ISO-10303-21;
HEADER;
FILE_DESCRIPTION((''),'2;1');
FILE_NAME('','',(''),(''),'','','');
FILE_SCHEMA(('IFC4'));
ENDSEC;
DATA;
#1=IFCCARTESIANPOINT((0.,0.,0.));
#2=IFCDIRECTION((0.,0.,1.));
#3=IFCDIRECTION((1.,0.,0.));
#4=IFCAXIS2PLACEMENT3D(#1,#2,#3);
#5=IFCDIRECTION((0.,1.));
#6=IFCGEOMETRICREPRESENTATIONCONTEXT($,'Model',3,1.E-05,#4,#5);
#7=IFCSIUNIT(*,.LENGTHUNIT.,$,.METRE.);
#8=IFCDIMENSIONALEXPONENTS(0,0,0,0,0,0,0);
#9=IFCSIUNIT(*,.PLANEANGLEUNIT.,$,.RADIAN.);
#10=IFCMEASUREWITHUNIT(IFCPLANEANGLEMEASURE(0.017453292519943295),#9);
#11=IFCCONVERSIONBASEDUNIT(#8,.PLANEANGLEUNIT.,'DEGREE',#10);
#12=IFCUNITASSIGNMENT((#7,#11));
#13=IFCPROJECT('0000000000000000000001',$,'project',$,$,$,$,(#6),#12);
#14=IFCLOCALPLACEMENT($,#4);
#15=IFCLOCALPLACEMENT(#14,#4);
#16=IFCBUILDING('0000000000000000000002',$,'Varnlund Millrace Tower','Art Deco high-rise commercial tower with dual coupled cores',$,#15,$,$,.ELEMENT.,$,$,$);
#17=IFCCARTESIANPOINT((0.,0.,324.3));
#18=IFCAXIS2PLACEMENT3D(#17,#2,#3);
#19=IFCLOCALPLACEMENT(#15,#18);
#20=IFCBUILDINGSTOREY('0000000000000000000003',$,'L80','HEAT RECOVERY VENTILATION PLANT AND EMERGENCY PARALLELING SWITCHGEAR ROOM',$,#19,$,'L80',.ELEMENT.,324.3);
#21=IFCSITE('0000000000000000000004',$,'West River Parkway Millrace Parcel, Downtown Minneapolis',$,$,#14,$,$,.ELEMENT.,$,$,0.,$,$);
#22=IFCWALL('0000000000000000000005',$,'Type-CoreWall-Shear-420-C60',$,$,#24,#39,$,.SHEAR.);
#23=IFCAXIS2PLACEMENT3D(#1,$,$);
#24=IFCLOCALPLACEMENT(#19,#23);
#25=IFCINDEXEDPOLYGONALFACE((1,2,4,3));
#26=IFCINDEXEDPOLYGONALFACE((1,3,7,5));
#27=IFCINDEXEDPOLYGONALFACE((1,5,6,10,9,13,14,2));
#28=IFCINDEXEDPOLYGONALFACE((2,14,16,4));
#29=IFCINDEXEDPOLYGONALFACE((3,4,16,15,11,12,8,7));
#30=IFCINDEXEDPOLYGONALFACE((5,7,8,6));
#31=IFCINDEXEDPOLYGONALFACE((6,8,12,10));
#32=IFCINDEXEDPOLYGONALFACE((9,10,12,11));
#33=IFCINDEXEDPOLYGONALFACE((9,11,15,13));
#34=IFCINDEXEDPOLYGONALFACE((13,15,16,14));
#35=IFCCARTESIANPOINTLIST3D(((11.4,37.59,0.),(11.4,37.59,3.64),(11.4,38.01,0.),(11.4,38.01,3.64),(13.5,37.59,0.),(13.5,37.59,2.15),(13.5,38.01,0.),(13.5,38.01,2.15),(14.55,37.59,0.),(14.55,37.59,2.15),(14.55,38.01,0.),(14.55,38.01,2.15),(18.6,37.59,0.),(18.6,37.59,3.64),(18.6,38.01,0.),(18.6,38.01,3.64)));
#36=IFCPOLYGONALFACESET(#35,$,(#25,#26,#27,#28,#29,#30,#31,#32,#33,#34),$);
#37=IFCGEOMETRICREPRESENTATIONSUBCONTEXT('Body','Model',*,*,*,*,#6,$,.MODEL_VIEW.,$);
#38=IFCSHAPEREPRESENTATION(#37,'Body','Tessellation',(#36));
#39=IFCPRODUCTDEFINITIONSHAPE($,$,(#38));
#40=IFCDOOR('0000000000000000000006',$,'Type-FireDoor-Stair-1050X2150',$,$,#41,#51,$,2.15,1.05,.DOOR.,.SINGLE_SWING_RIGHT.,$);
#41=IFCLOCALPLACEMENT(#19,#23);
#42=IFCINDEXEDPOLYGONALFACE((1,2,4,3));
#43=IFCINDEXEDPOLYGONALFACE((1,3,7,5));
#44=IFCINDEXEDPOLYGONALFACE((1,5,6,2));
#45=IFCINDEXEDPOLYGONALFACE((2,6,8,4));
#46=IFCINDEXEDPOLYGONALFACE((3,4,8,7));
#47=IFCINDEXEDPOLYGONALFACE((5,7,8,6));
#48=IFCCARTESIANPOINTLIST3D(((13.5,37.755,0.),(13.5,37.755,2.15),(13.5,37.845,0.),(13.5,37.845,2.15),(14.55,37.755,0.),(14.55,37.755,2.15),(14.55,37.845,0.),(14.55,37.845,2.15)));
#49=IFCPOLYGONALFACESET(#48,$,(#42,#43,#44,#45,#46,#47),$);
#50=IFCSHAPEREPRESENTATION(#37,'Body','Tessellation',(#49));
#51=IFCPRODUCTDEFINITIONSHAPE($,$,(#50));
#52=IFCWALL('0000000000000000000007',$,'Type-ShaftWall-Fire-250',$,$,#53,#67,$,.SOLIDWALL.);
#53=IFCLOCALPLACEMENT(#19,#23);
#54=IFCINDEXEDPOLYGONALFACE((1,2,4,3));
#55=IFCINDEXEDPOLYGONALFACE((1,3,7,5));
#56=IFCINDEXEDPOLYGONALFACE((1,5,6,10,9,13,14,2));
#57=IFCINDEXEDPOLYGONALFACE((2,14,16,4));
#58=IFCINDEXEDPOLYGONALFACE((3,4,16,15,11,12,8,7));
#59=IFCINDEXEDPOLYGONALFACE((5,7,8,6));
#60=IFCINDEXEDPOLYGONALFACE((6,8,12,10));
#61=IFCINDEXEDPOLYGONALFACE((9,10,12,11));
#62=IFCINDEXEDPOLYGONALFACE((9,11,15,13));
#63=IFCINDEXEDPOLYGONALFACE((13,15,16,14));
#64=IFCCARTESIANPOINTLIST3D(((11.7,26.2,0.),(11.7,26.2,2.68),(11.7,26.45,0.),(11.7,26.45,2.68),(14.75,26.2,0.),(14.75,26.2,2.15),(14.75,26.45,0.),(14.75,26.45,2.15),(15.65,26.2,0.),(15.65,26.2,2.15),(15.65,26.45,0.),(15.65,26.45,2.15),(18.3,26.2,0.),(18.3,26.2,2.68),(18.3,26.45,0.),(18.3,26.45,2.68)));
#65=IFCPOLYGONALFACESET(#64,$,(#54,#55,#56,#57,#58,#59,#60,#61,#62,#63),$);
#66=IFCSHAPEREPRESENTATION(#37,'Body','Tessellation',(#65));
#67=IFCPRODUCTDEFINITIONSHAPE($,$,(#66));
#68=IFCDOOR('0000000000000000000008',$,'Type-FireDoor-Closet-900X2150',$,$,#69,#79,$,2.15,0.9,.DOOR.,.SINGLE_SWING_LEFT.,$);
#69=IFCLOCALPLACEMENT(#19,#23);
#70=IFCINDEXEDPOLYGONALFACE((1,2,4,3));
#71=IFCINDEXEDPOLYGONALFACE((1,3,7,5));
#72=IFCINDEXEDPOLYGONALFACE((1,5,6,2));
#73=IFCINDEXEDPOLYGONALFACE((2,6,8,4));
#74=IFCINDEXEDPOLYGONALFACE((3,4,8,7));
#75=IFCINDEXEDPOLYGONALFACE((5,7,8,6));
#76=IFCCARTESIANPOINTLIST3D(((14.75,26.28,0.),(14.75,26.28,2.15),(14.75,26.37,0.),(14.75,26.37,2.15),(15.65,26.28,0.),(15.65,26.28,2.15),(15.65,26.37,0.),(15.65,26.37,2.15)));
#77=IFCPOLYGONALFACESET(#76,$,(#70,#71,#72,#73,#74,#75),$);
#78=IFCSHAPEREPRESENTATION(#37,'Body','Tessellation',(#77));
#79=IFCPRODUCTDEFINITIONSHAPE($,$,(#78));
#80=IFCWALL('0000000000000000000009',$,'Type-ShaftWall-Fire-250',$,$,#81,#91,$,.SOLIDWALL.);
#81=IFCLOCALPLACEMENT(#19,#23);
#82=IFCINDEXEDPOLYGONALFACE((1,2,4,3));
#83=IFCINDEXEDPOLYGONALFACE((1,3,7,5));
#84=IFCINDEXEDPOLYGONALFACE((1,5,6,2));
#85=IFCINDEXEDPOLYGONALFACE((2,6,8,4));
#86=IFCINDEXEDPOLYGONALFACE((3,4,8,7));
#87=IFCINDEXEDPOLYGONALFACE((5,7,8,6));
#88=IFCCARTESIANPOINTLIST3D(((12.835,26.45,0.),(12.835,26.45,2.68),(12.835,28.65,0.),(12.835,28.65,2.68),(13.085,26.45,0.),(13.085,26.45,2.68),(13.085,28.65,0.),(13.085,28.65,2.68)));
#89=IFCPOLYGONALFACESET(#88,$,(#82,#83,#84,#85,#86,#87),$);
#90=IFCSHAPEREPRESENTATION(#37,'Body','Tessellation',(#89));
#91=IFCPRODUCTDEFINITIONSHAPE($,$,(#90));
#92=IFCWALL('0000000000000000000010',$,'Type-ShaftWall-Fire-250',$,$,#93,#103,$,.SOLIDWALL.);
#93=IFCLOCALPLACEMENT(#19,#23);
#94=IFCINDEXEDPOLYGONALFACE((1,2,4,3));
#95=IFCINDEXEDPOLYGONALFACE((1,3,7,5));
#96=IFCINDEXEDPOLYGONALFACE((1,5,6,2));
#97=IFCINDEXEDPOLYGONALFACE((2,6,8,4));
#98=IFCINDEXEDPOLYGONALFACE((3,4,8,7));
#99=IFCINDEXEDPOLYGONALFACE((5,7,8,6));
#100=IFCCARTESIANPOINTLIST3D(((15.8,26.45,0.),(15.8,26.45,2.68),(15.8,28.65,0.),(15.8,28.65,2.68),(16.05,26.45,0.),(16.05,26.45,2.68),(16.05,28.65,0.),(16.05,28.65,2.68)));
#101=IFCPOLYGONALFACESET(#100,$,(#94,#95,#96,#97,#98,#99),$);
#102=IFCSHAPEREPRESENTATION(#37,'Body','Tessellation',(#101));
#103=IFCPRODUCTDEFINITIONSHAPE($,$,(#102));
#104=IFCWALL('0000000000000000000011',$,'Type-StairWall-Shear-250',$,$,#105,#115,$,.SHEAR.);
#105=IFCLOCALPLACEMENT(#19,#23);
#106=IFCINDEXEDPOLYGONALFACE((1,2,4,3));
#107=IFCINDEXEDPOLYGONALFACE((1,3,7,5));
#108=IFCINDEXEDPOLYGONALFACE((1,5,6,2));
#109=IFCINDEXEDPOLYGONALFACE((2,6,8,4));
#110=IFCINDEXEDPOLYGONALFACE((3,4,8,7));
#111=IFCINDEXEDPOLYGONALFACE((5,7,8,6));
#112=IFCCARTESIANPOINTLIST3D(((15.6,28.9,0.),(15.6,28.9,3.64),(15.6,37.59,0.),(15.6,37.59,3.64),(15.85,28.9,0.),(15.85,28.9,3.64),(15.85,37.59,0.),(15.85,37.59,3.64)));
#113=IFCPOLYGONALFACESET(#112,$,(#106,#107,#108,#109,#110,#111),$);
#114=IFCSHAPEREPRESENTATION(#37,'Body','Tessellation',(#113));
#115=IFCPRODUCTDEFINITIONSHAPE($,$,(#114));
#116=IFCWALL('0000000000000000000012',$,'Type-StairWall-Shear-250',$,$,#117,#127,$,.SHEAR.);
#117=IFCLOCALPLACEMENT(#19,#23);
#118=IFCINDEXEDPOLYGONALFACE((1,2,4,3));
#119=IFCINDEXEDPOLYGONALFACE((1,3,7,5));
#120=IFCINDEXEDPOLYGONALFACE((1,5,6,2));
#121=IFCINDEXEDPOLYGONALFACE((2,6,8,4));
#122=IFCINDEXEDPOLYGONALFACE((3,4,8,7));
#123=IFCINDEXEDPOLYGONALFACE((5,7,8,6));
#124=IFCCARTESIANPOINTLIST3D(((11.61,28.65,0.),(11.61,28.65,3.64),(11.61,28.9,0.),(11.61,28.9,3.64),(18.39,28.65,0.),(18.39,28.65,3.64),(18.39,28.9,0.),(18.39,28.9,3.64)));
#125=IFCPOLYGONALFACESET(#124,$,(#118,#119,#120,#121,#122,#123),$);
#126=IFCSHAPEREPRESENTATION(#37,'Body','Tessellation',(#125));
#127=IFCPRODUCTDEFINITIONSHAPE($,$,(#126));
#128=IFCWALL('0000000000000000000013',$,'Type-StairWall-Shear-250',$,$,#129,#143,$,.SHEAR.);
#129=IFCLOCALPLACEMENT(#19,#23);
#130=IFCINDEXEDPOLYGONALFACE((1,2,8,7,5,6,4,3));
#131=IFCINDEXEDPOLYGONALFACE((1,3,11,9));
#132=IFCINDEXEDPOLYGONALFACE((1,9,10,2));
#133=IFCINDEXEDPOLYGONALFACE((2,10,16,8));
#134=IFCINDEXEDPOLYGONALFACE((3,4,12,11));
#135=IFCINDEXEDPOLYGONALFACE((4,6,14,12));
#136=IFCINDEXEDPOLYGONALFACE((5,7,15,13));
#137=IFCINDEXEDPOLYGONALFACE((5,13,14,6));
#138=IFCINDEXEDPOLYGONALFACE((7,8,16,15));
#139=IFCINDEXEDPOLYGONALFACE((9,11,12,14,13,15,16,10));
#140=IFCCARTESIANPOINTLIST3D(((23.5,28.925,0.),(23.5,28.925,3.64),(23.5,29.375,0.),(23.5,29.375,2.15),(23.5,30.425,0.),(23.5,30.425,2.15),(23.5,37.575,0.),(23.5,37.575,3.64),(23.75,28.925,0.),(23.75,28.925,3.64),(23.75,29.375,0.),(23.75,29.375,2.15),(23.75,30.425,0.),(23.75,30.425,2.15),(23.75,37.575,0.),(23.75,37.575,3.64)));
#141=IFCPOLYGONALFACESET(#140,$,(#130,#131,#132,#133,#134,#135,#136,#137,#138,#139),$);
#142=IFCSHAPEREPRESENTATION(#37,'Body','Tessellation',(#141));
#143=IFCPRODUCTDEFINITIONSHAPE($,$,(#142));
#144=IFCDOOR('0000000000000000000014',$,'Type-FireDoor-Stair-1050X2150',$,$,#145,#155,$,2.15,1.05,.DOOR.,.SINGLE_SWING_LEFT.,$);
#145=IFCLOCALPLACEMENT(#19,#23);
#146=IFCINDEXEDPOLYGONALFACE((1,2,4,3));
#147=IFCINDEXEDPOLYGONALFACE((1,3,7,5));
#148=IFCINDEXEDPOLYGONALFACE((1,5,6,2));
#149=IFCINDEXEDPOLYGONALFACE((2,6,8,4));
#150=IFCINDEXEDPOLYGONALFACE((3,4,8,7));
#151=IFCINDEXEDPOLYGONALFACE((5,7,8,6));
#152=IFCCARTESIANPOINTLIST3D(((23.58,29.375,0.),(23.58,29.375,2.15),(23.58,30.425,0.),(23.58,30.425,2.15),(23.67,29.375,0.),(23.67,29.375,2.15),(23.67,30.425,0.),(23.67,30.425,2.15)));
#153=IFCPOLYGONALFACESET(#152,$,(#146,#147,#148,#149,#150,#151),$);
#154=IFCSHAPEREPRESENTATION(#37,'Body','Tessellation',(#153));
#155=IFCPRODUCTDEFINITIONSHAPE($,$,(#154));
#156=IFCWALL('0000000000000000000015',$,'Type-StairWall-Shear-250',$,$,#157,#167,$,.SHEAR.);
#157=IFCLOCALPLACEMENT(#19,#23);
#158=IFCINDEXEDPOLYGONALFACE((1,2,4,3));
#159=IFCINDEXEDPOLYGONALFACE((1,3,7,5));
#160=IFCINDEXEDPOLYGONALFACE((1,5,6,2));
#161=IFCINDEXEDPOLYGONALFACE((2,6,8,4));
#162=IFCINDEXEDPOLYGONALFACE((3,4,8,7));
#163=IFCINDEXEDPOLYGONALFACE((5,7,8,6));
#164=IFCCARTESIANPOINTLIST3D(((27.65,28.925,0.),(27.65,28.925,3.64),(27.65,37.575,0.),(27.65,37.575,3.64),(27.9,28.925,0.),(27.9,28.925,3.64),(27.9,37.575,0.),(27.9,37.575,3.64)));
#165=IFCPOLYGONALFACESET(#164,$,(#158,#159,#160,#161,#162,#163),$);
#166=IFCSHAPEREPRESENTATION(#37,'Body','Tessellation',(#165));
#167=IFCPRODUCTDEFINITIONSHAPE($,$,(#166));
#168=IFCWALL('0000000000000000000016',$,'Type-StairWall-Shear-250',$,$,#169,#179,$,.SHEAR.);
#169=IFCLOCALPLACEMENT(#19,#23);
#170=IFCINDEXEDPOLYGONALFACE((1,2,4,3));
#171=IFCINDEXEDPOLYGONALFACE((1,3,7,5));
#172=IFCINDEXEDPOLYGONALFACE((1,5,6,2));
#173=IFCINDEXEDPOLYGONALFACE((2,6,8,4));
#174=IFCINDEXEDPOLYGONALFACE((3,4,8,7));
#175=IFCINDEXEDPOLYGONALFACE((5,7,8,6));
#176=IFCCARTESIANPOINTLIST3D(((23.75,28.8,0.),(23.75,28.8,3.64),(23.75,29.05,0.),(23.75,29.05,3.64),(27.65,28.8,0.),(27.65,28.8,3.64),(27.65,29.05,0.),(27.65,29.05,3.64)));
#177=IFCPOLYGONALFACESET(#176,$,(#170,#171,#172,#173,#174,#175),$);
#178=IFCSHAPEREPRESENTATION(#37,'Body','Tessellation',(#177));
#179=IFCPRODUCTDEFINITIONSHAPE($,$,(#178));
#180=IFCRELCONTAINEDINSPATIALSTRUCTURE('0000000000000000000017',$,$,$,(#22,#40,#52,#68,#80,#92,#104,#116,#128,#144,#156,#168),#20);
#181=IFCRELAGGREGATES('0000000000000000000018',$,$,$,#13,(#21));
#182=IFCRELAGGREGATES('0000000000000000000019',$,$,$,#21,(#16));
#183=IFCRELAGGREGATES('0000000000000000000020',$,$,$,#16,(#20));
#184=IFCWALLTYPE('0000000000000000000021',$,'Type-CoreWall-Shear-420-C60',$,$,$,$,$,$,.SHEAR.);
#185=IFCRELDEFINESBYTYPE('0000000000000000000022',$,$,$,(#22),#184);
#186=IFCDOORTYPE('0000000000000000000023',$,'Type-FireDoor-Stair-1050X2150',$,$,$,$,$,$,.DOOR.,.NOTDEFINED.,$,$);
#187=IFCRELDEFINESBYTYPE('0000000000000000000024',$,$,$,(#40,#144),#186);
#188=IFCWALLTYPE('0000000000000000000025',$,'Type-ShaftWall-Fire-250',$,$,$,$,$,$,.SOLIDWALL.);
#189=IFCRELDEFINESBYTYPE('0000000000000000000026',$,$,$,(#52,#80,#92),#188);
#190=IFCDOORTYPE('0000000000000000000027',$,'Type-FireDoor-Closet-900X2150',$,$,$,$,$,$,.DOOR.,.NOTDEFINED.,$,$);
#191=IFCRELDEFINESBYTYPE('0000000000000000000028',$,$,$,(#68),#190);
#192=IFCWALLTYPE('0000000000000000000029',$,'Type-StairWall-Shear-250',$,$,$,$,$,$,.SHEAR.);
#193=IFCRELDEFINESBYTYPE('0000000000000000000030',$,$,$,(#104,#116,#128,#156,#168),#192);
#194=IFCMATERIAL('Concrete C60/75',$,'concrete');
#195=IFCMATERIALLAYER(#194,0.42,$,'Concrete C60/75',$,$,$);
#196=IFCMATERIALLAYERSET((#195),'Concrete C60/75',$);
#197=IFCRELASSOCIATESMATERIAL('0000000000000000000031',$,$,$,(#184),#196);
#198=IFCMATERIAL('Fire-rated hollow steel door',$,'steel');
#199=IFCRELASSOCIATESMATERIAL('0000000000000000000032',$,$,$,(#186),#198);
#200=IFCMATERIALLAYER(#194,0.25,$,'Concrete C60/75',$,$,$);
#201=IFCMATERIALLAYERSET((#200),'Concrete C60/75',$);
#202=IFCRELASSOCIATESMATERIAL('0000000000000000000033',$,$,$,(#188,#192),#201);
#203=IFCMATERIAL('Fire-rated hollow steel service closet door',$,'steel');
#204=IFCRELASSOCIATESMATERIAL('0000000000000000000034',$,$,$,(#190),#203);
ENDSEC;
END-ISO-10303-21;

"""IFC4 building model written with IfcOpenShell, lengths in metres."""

from ifc_helpers import new_model, entity, si_unit, converted_unit, direction, frame, origin_with_axes, origin_2d_with_axis, place, context, subcontext, project, spatial, polyline, rectangle, outline, extrude, material, layer, layer_set, type_object, element, fill, save


model = new_model("IFC4")

# Units and contexts
model_context = context("Model", 3, precision=1e-05, world=origin_with_axes(), true_north=direction((0.0, 1.0)))
body_context = subcontext(model_context, "Body", "Model", "MODEL_VIEW")
ifc_project = project(units=[si_unit("LENGTHUNIT", "METRE"), converted_unit("PLANEANGLEUNIT", "DEGREE", entity("IfcPlaneAngleMeasure", 0.017453292519943295), si_unit("PLANEANGLEUNIT", "RADIAN"), dimensions=[0, 0, 0, 0, 0, 0, 0])], contexts=[model_context])

# Site, building, storey
site_placement = place(None, origin_with_axes())
site = spatial("IfcSite", under=ifc_project, at=site_placement, Name="West River Parkway Millrace Parcel, Downtown Minneapolis", CompositionType="ELEMENT", RefElevation=0.0)
building_placement = place(site_placement, origin_with_axes())
building = spatial("IfcBuilding", under=site, at=building_placement, Name="Varnlund Millrace Tower", Description="Art Deco high-rise commercial tower with dual coupled cores", CompositionType="ELEMENT")
storey_placement = place(building_placement, frame((0.0, 0.0, 324.3), z_axis=(0.0, 0.0, 1.0), x_axis=(1.0, 0.0, 0.0)))
storey = spatial("IfcBuildingStorey", under=building, at=storey_placement, Name="L80", Description="HEAT RECOVERY VENTILATION PLANT AND EMERGENCY PARALLELING SWITCHGEAR ROOM", LongName="L80", CompositionType="ELEMENT", Elevation=324.3)

# Walls, openings, doors
ifc_material_1 = material(Name="Concrete C60/75", Category="concrete")
ifc_layer_1 = layer(ifc_material_1, 0.42, Name="Concrete C60/75")
ifc_layer_set_1 = layer_set([ifc_layer_1], Name="Concrete C60/75")
wall_type_1 = type_object("IfcWallType", Name="Type-CoreWall-Shear-420-C60", PredefinedType="SHEAR", material=ifc_layer_set_1)
wall_1_placement = place(storey_placement, frame((11.4, 37.8, 0.0), z_axis=(0.0, 0.0, 1.0), x_axis=(1.0, 0.0, 0.0)))
wall_1 = element("IfcWall", 1, at=wall_1_placement, inside=storey, type_object=wall_type_1, Name="Type-CoreWall-Shear-420-C60", PredefinedType="SHEAR", context=body_context, shape_type="SweptSolid", body=[
    extrude(outline(polyline([(0.0, -0.21), (7.2, -0.21), (7.2, 0.21), (0.0, 0.21), (0.0, -0.21)])), origin_with_axes(), (0.0, 0.0, 1.0), 3.64),
])
opening_1_placement = place(wall_1_placement, frame((2.625, 0.0, 0.0), z_axis=(0.0, 0.0, 1.0), x_axis=(1.0, 0.0, 0.0)))
opening_1 = element("IfcOpeningElement", 2, at=opening_1_placement, cuts=wall_1, PredefinedType="OPENING", context=body_context, shape_type="SweptSolid", body=[
    extrude(rectangle(XDim=1.05, YDim=0.44, at=origin_2d_with_axis()), origin_with_axes(), (0.0, 0.0, 1.0), 2.15),
])
ifc_material_2 = material(Name="Fire-rated hollow steel door", Category="steel")
door_type_1 = type_object("IfcDoorType", Name="Type-FireDoor-Stair-1050X2150", OperationType="NOTDEFINED", PredefinedType="DOOR", material=ifc_material_2)
door_1_placement = place(wall_1_placement, frame((2.625, 0.0, 0.0), z_axis=(0.0, 0.0, 1.0), x_axis=(1.0, 0.0, 0.0)))
door_1 = element("IfcDoor", 3, at=door_1_placement, inside=storey, type_object=door_type_1, Name="Type-FireDoor-Stair-1050X2150", OperationType="SINGLE_SWING_RIGHT", OverallHeight=2.15, OverallWidth=1.05, PredefinedType="DOOR", context=body_context, shape_type="SweptSolid", body=[
    extrude(rectangle(XDim=1.05, YDim=0.09, at=origin_2d_with_axis()), origin_with_axes(), (0.0, 0.0, 1.0), 2.15),
])
fill(opening_1, door_1)
ifc_layer_2 = layer(ifc_material_1, 0.25, Name="Concrete C60/75")
ifc_layer_set_2 = layer_set([ifc_layer_2], Name="Concrete C60/75")
wall_type_2 = type_object("IfcWallType", Name="Type-ShaftWall-Fire-250", PredefinedType="SOLIDWALL", material=ifc_layer_set_2)
wall_2_placement = place(storey_placement, frame((11.7, 26.325, 0.0), z_axis=(0.0, 0.0, 1.0), x_axis=(1.0, 0.0, 0.0)))
wall_2 = element("IfcWall", 4, at=wall_2_placement, inside=storey, type_object=wall_type_2, Name="Type-ShaftWall-Fire-250", PredefinedType="SOLIDWALL", context=body_context, shape_type="SweptSolid", body=[
    extrude(outline(polyline([(0.0, -0.125), (6.6, -0.125), (6.6, 0.125), (0.0, 0.125), (0.0, -0.125)])), origin_with_axes(), (0.0, 0.0, 1.0), 2.68),
])
opening_2_placement = place(wall_2_placement, frame((3.5, 0.0, 0.0), z_axis=(0.0, 0.0, 1.0), x_axis=(1.0, 0.0, 0.0)))
opening_2 = element("IfcOpeningElement", 5, at=opening_2_placement, cuts=wall_2, PredefinedType="OPENING", context=body_context, shape_type="SweptSolid", body=[
    extrude(rectangle(XDim=0.9, YDim=0.27, at=origin_2d_with_axis()), origin_with_axes(), (0.0, 0.0, 1.0), 2.15),
])
ifc_material_3 = material(Name="Fire-rated hollow steel service closet door", Category="steel")
door_type_2 = type_object("IfcDoorType", Name="Type-FireDoor-Closet-900X2150", OperationType="NOTDEFINED", PredefinedType="DOOR", material=ifc_material_3)
door_2_placement = place(wall_2_placement, frame((3.5, 0.0, 0.0), z_axis=(0.0, 0.0, 1.0), x_axis=(1.0, 0.0, 0.0)))
door_2 = element("IfcDoor", 6, at=door_2_placement, inside=storey, type_object=door_type_2, Name="Type-FireDoor-Closet-900X2150", OperationType="SINGLE_SWING_LEFT", OverallHeight=2.15, OverallWidth=0.9, PredefinedType="DOOR", context=body_context, shape_type="SweptSolid", body=[
    extrude(rectangle(XDim=0.9, YDim=0.09, at=origin_2d_with_axis()), origin_with_axes(), (0.0, 0.0, 1.0), 2.15),
])
fill(opening_2, door_2)

# Walls
for number, where, z_axis, x_axis, name in (
    (7, (12.96, 26.45, 0.0), (0.0, 0.0, 1.0), (0.0, 1.0, 0.0), "Type-ShaftWall-Fire-250"),
    (8, (15.925, 26.45, 0.0), (0.0, 0.0, 1.0), (0.0, 1.0, 0.0), "Type-ShaftWall-Fire-250"),
):
    element("IfcWall", number, at=place(storey_placement, frame(where, z_axis=z_axis, x_axis=x_axis)), inside=storey, type_object=wall_type_2, Name=name, PredefinedType="SOLIDWALL", context=body_context, shape_type="SweptSolid", body=[
        extrude(outline(polyline([(0.0, -0.125), (2.2, -0.125), (2.2, 0.125), (0.0, 0.125), (0.0, -0.125)])), origin_with_axes(), (0.0, 0.0, 1.0), 2.68),
    ])
wall_type_3 = type_object("IfcWallType", Name="Type-StairWall-Shear-250", PredefinedType="SHEAR", material=ifc_layer_set_2)
wall_3_placement = place(storey_placement, frame((15.725, 28.9, 0.0), z_axis=(0.0, 0.0, 1.0), x_axis=(0.0, 1.0, 0.0)))
element("IfcWall", 9, at=wall_3_placement, inside=storey, type_object=wall_type_3, Name="Type-StairWall-Shear-250", PredefinedType="SHEAR", context=body_context, shape_type="SweptSolid", body=[
    extrude(outline(polyline([(0.0, -0.125), (8.69, -0.125), (8.69, 0.125), (0.0, 0.125), (0.0, -0.125)])), origin_with_axes(), (0.0, 0.0, 1.0), 3.64),
])
wall_4_placement = place(storey_placement, frame((11.61, 28.775, 0.0), z_axis=(0.0, 0.0, 1.0), x_axis=(1.0, 0.0, 0.0)))
element("IfcWall", 10, at=wall_4_placement, inside=storey, type_object=wall_type_3, Name="Type-StairWall-Shear-250", PredefinedType="SHEAR", context=body_context, shape_type="SweptSolid", body=[
    extrude(outline(polyline([(0.0, -0.125), (6.78, -0.125), (6.78, 0.125), (0.0, 0.125), (0.0, -0.125)])), origin_with_axes(), (0.0, 0.0, 1.0), 3.64),
])

# Wall, opening, door
wall_5_placement = place(storey_placement, frame((23.625, 28.925, 0.0), z_axis=(0.0, 0.0, 1.0), x_axis=(0.0, 1.0, 0.0)))
wall_5 = element("IfcWall", 11, at=wall_5_placement, inside=storey, type_object=wall_type_3, Name="Type-StairWall-Shear-250", PredefinedType="SHEAR", context=body_context, shape_type="SweptSolid", body=[
    extrude(outline(polyline([(0.0, -0.125), (8.65, -0.125), (8.65, 0.125), (0.0, 0.125), (0.0, -0.125)])), origin_with_axes(), (0.0, 0.0, 1.0), 3.64),
])
opening_3_placement = place(wall_5_placement, frame((0.975, 0.0, 0.0), z_axis=(0.0, 0.0, 1.0), x_axis=(1.0, 0.0, 0.0)))
opening_3 = element("IfcOpeningElement", 12, at=opening_3_placement, cuts=wall_5, PredefinedType="OPENING", context=body_context, shape_type="SweptSolid", body=[
    extrude(rectangle(XDim=1.05, YDim=0.27, at=origin_2d_with_axis()), origin_with_axes(), (0.0, 0.0, 1.0), 2.15),
])
door_3_placement = place(wall_5_placement, frame((0.975, 0.0, 0.0), z_axis=(0.0, 0.0, 1.0), x_axis=(1.0, 0.0, 0.0)))
door_3 = element("IfcDoor", 13, at=door_3_placement, inside=storey, type_object=door_type_1, Name="Type-FireDoor-Stair-1050X2150", OperationType="SINGLE_SWING_LEFT", OverallHeight=2.15, OverallWidth=1.05, PredefinedType="DOOR", context=body_context, shape_type="SweptSolid", body=[
    extrude(rectangle(XDim=1.05, YDim=0.09, at=origin_2d_with_axis()), origin_with_axes(), (0.0, 0.0, 1.0), 2.15),
])
fill(opening_3, door_3)

# Walls
wall_6_placement = place(storey_placement, frame((27.775, 28.925, 0.0), z_axis=(0.0, 0.0, 1.0), x_axis=(0.0, 1.0, 0.0)))
element("IfcWall", 14, at=wall_6_placement, inside=storey, type_object=wall_type_3, Name="Type-StairWall-Shear-250", PredefinedType="SHEAR", context=body_context, shape_type="SweptSolid", body=[
    extrude(outline(polyline([(0.0, -0.125), (8.65, -0.125), (8.65, 0.125), (0.0, 0.125), (0.0, -0.125)])), origin_with_axes(), (0.0, 0.0, 1.0), 3.64),
])
for number, where, z_axis, x_axis, name in (
    (15, (23.75, 28.925, 0.0), (0.0, 0.0, 1.0), (1.0, 0.0, 0.0), "Type-StairWall-Shear-250"),
):
    element("IfcWall", number, at=place(storey_placement, frame(where, z_axis=z_axis, x_axis=x_axis)), inside=storey, type_object=wall_type_3, Name=name, PredefinedType="SHEAR", context=body_context, shape_type="SweptSolid", body=[
        extrude(outline(polyline([(0.0, -0.125), (3.9, -0.125), (3.9, 0.125), (0.0, 0.125), (0.0, -0.125)])), origin_with_axes(), (0.0, 0.0, 1.0), 3.64),
    ])

save(model, "model.ifc")
